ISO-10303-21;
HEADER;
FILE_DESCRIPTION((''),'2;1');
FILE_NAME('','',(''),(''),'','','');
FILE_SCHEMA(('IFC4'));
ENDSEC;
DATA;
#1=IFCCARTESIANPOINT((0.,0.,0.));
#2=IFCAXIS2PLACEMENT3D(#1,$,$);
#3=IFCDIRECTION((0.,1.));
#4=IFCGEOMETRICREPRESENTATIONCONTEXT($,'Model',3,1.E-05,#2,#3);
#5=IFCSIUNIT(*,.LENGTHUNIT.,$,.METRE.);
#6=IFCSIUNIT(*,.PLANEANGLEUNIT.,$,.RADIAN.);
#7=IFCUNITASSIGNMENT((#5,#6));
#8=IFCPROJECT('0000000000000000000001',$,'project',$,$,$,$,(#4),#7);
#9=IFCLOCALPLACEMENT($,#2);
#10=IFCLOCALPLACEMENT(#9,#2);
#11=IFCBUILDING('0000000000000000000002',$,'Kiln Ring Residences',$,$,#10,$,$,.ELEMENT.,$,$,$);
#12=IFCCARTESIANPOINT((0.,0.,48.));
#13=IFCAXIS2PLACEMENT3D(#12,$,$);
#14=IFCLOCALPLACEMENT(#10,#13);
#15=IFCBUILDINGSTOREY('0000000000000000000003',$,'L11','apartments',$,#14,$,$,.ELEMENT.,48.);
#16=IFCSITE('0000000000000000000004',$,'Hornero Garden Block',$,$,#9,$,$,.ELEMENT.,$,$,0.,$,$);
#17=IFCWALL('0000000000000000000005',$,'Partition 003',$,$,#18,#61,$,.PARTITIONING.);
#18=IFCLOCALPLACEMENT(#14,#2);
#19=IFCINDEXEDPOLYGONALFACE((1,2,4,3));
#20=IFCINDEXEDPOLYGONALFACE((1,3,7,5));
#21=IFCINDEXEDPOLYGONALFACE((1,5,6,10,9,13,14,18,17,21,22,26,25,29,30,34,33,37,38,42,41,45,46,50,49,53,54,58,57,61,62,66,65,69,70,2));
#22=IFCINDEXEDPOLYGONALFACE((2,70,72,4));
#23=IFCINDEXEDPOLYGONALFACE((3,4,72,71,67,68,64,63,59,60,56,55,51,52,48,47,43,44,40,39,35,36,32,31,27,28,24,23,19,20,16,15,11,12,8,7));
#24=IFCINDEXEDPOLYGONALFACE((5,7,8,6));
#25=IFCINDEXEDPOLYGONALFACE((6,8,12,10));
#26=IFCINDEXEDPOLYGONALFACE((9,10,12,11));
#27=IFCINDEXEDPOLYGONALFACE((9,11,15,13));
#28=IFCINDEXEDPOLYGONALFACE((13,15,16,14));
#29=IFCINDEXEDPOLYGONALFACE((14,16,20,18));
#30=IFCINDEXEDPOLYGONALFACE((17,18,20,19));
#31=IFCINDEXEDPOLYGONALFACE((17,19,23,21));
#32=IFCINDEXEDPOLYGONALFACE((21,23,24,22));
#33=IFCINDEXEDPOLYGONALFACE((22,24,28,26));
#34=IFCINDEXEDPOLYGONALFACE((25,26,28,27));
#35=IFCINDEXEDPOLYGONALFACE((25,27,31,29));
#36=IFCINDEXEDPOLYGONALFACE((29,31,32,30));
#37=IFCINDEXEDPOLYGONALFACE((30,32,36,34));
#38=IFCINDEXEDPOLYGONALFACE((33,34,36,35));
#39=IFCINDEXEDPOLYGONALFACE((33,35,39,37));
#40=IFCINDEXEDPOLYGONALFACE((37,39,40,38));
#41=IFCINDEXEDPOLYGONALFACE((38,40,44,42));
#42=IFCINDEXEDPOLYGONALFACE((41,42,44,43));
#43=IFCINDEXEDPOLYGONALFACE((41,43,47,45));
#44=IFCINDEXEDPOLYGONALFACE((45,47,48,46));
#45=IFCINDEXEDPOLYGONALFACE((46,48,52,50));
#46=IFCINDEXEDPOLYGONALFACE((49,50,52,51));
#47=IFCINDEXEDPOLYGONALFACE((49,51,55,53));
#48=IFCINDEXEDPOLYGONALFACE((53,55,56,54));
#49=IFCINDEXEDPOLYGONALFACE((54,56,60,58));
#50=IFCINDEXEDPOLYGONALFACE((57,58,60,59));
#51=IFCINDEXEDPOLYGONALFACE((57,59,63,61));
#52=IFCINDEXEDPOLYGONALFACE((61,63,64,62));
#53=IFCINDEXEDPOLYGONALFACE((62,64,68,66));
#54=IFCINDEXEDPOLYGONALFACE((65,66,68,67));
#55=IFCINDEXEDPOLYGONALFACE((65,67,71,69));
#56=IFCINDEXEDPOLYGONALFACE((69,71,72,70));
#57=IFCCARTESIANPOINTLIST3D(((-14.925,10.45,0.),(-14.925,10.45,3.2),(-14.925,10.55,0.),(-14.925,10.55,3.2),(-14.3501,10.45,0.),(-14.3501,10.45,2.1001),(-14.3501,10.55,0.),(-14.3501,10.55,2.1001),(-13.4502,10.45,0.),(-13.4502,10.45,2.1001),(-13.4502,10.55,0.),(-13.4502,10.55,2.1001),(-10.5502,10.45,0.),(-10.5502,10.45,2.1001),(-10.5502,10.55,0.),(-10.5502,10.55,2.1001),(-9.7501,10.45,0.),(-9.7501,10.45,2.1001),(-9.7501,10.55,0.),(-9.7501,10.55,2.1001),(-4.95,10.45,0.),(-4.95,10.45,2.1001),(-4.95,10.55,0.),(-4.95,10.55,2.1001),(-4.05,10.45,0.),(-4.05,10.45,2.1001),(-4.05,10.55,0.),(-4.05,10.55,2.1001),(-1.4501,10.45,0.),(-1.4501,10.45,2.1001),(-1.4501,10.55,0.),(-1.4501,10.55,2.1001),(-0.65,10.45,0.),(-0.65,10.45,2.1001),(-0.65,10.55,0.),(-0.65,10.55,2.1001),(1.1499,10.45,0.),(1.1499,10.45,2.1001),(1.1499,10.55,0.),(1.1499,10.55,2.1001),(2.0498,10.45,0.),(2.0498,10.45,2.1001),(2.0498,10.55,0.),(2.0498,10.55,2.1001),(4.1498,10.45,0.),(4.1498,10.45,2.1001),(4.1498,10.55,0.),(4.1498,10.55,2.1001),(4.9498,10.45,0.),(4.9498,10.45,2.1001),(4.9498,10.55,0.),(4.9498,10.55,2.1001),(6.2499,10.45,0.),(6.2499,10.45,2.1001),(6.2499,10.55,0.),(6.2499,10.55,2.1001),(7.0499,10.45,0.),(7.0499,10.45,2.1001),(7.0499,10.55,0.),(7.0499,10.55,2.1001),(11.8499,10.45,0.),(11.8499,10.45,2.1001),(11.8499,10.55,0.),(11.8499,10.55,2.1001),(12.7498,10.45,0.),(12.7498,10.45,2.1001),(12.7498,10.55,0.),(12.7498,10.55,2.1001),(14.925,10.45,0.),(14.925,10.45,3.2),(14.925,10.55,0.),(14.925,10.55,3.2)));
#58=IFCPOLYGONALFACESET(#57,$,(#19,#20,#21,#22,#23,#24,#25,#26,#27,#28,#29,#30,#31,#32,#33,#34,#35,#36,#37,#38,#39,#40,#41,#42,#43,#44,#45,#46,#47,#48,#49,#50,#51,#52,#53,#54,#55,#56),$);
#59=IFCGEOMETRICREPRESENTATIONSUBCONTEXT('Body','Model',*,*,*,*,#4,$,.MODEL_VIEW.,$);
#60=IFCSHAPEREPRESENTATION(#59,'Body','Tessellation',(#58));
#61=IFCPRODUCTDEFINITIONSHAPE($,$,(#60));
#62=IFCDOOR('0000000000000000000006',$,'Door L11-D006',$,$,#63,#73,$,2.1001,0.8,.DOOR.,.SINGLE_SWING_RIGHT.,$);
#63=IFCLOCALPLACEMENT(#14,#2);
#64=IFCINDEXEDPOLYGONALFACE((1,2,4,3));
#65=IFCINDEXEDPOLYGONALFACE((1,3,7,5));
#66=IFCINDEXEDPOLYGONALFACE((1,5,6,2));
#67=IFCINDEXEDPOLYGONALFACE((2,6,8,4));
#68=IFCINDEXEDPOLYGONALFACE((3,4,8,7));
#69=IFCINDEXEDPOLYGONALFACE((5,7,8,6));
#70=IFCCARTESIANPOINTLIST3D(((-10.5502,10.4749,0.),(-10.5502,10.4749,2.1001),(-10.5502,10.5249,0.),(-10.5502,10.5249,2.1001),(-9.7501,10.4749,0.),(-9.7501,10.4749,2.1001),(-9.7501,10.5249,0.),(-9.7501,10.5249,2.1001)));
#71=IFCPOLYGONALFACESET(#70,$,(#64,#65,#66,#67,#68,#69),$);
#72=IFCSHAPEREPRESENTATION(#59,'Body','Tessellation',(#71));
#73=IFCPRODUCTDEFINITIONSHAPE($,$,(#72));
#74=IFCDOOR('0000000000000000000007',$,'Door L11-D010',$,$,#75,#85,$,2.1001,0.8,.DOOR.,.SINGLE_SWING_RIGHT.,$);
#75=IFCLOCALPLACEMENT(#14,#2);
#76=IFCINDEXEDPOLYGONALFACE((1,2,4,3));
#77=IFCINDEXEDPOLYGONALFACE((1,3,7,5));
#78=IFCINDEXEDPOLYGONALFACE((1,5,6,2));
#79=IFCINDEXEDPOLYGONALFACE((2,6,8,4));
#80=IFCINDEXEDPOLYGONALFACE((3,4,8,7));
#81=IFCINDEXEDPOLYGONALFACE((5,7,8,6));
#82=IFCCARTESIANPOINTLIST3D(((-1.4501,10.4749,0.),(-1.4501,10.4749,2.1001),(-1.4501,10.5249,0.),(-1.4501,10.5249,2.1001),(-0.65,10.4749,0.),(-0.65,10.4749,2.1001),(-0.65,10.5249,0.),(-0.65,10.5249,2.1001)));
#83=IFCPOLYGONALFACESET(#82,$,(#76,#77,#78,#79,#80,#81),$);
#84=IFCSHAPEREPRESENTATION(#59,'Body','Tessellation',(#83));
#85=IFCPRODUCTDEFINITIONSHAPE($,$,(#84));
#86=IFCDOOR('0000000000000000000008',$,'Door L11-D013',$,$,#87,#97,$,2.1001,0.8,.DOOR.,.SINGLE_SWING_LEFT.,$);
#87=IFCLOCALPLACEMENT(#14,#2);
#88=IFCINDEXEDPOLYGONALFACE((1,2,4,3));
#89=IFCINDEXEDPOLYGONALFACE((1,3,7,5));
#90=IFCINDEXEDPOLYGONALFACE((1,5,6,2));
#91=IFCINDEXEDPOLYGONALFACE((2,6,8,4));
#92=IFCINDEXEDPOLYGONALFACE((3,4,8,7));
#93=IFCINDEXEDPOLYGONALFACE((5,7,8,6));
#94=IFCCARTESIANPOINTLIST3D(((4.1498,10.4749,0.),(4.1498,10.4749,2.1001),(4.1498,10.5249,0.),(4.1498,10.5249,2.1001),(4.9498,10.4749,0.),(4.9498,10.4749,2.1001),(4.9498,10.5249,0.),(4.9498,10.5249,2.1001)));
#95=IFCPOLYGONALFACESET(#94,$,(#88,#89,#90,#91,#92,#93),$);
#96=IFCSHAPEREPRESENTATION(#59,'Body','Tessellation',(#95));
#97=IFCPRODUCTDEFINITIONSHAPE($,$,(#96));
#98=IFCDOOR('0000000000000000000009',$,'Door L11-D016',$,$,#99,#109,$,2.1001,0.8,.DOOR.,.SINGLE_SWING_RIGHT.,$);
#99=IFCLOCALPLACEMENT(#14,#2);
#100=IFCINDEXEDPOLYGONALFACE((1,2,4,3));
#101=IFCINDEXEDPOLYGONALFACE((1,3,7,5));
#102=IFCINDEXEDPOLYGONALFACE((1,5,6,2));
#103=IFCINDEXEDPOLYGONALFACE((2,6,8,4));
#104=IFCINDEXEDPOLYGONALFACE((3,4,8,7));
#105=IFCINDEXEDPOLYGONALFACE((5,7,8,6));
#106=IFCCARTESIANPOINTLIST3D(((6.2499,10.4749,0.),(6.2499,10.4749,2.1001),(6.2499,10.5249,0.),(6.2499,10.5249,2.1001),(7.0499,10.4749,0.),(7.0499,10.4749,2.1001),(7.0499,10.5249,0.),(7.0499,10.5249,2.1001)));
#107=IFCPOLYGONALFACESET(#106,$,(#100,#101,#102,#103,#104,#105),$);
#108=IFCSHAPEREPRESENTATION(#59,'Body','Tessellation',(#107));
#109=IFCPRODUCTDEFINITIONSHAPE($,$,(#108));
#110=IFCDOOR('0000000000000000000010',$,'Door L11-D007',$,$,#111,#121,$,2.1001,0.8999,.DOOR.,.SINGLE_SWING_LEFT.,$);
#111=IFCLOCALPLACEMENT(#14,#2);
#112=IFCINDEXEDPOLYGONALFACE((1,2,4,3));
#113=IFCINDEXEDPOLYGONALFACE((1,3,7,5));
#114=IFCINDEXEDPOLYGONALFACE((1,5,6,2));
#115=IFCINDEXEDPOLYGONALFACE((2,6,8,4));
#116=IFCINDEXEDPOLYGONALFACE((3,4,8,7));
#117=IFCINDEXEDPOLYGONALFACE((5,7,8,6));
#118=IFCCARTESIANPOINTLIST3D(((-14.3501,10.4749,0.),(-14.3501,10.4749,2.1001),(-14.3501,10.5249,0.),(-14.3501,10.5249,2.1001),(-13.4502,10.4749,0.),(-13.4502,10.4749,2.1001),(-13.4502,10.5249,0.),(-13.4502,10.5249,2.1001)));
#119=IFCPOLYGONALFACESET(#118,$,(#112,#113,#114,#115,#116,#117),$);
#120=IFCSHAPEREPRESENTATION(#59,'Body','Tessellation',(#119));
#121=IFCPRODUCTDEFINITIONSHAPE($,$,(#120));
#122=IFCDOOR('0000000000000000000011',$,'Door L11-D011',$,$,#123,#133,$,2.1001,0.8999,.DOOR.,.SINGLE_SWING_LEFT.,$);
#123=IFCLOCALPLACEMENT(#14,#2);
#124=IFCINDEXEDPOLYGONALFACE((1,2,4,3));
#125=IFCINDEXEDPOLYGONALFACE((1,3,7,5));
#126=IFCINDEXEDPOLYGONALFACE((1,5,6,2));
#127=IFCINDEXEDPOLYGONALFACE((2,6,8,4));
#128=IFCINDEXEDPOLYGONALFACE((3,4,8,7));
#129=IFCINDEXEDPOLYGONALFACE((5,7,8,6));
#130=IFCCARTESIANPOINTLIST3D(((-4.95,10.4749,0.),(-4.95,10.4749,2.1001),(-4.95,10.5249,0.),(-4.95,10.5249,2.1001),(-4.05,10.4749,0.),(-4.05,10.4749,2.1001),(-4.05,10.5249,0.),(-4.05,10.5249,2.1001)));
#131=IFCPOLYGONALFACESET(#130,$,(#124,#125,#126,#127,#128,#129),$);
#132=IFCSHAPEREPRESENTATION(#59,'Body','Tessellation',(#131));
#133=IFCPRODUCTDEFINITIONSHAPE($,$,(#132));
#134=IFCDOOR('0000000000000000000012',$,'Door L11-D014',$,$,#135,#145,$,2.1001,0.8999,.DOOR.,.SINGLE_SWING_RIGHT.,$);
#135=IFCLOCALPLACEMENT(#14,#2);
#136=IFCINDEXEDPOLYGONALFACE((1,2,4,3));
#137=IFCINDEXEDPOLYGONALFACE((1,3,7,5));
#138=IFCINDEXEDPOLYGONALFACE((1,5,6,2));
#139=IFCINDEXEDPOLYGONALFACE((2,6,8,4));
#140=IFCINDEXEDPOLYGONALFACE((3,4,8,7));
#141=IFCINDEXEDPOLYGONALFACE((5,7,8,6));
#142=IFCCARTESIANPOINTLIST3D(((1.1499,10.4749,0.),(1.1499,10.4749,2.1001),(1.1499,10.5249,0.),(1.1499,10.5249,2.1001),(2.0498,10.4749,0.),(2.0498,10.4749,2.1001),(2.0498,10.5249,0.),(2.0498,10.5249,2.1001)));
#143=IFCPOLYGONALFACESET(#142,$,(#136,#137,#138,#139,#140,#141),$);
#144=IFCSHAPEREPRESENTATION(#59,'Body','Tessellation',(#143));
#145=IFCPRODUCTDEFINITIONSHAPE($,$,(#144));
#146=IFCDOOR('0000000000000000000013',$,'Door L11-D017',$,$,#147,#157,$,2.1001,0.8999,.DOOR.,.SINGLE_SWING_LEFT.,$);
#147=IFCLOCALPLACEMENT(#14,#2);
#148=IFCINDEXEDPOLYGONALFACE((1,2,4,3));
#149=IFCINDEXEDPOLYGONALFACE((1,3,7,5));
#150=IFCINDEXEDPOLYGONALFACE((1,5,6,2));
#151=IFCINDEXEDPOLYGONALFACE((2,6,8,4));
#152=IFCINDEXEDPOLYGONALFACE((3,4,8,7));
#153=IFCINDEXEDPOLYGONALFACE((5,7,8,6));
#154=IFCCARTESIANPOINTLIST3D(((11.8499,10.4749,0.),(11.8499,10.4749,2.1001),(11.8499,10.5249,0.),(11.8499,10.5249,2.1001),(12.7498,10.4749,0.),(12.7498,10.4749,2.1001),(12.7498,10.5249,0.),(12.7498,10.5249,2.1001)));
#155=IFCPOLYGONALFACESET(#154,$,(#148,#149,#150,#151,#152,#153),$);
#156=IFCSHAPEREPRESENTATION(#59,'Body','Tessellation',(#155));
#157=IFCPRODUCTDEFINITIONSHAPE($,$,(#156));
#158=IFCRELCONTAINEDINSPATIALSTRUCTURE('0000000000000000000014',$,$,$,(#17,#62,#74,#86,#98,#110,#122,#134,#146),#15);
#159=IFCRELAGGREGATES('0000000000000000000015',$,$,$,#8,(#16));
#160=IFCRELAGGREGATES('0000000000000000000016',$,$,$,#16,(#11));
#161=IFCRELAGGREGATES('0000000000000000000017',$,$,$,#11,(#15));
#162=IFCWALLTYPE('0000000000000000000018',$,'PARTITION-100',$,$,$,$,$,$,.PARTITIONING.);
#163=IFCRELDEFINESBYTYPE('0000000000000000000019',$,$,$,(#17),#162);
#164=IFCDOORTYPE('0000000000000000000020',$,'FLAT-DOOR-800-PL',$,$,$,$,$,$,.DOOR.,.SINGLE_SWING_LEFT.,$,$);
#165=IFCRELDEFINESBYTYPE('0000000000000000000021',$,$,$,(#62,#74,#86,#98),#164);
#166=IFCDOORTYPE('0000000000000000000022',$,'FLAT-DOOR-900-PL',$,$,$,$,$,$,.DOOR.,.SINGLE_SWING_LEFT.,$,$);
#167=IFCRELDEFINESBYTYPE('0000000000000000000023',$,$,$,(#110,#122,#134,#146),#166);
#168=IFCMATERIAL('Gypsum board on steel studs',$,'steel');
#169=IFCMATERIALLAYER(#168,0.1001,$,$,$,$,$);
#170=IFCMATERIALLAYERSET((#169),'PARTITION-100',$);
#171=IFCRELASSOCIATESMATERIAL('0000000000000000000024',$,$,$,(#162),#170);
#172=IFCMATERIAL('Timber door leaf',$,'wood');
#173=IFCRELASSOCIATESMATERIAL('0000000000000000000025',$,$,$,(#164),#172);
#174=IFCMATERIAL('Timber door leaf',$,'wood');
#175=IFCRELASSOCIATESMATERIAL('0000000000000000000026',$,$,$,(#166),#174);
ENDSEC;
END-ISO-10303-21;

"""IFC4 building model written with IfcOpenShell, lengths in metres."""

from ifc_helpers import new_model, si_unit, direction, frame, frame_2d, origin, place, context, subcontext, project, spatial, rectangle, extrude, material, layer, layer_set, type_object, element, fill, save


model = new_model("IFC4")

# Units and contexts
model_context = context("Model", 3, precision=1e-05, world=origin(), true_north=direction((0.0, 1.0)))
body_context = subcontext(model_context, "Body", "Model", "MODEL_VIEW")
ifc_project = project(units=[si_unit("LENGTHUNIT", "METRE"), si_unit("PLANEANGLEUNIT", "RADIAN")], contexts=[model_context])

# Site, building, storey
site_placement = place(None, origin())
site = spatial("IfcSite", under=ifc_project, at=site_placement, Name="Hornero Garden Block", CompositionType="ELEMENT", RefElevation=0.0)
building_placement = place(site_placement, origin())
building = spatial("IfcBuilding", under=site, at=building_placement, Name="Kiln Ring Residences", CompositionType="ELEMENT")
storey_placement = place(building_placement, frame((0.0, 0.0, 48.0)))
storey = spatial("IfcBuildingStorey", under=building, at=storey_placement, Name="L11", Description="apartments", CompositionType="ELEMENT", Elevation=48.0)

# Wall, openings, doors
ifc_material_1 = material(Name="Gypsum board on steel studs", Category="steel")
ifc_layer_1 = layer(ifc_material_1, 0.1001)
ifc_layer_set_1 = layer_set([ifc_layer_1], Name="PARTITION-100")
wall_type_1 = type_object("IfcWallType", Name="PARTITION-100", PredefinedType="PARTITIONING", material=ifc_layer_set_1)
wall_1_placement = place(storey_placement, frame((-14.925, 10.5, 0.0), z_axis=(0.0, 0.0, 1.0), x_axis=(1.0, 0.0, 0.0)))
wall_1 = element("IfcWall", 1, at=wall_1_placement, inside=storey, type_object=wall_type_1, Name="Partition 003", PredefinedType="PARTITIONING", context=body_context, shape_type="SweptSolid", body=[
    extrude(rectangle(XDim=29.8501, YDim=0.1001, at=frame_2d((14.925, 0.0))), origin(), (0.0, 0.0, 1.0), 3.2),
])
opening_1_placement = place(wall_1_placement, frame((4.375, 0.0, 0.0)))
opening_1 = element("IfcOpeningElement", 2, at=opening_1_placement, cuts=wall_1, PredefinedType="OPENING", context=body_context, shape_type="SweptSolid", body=[
    extrude(rectangle(XDim=0.8, YDim=2.1001, at=frame_2d((0.3999, 1.05))), frame((0.0, 0.0601, 0.0), z_axis=(0.0, -1.0, 0.0), x_axis=(1.0, 0.0, 0.0)), (0.0, 0.0, 1.0), 0.1201),
])
opening_2_placement = place(wall_1_placement, frame((0.575, 0.0, 0.0)))
opening_2 = element("IfcOpeningElement", 3, at=opening_2_placement, cuts=wall_1, PredefinedType="OPENING", context=body_context, shape_type="SweptSolid", body=[
    extrude(rectangle(XDim=0.8999, YDim=2.1001, at=frame_2d((0.45, 1.05))), frame((0.0, 0.0601, 0.0), z_axis=(0.0, -1.0, 0.0), x_axis=(1.0, 0.0, 0.0)), (0.0, 0.0, 1.0), 0.1201),
])
opening_3_placement = place(wall_1_placement, frame((13.4751, 0.0, 0.0)))
opening_3 = element("IfcOpeningElement", 4, at=opening_3_placement, cuts=wall_1, PredefinedType="OPENING", context=body_context, shape_type="SweptSolid", body=[
    extrude(rectangle(XDim=0.8, YDim=2.1001, at=frame_2d((0.3999, 1.05))), frame((0.0, 0.0601, 0.0), z_axis=(0.0, -1.0, 0.0), x_axis=(1.0, 0.0, 0.0)), (0.0, 0.0, 1.0), 0.1201),
])
opening_4_placement = place(wall_1_placement, frame((9.9751, 0.0, 0.0)))
opening_4 = element("IfcOpeningElement", 5, at=opening_4_placement, cuts=wall_1, PredefinedType="OPENING", context=body_context, shape_type="SweptSolid", body=[
    extrude(rectangle(XDim=0.8999, YDim=2.1001, at=frame_2d((0.45, 1.05))), frame((0.0, 0.0601, 0.0), z_axis=(0.0, -1.0, 0.0), x_axis=(1.0, 0.0, 0.0)), (0.0, 0.0, 1.0), 0.1201),
])
opening_5_placement = place(wall_1_placement, frame((19.075, 0.0, 0.0)))
opening_5 = element("IfcOpeningElement", 6, at=opening_5_placement, cuts=wall_1, PredefinedType="OPENING", context=body_context, shape_type="SweptSolid", body=[
    extrude(rectangle(XDim=0.8, YDim=2.1001, at=frame_2d((0.3999, 1.05))), frame((0.0, 0.0601, 0.0), z_axis=(0.0, -1.0, 0.0), x_axis=(1.0, 0.0, 0.0)), (0.0, 0.0, 1.0), 0.1201),
])
opening_6_placement = place(wall_1_placement, frame((16.075, 0.0, 0.0)))
opening_6 = element("IfcOpeningElement", 7, at=opening_6_placement, cuts=wall_1, PredefinedType="OPENING", context=body_context, shape_type="SweptSolid", body=[
    extrude(rectangle(XDim=0.8999, YDim=2.1001, at=frame_2d((0.45, 1.05))), frame((0.0, 0.0601, 0.0), z_axis=(0.0, -1.0, 0.0), x_axis=(1.0, 0.0, 0.0)), (0.0, 0.0, 1.0), 0.1201),
])
opening_7_placement = place(wall_1_placement, frame((21.175, 0.0, 0.0)))
opening_7 = element("IfcOpeningElement", 8, at=opening_7_placement, cuts=wall_1, PredefinedType="OPENING", context=body_context, shape_type="SweptSolid", body=[
    extrude(rectangle(XDim=0.8, YDim=2.1001, at=frame_2d((0.3999, 1.05))), frame((0.0, 0.0601, 0.0), z_axis=(0.0, -1.0, 0.0), x_axis=(1.0, 0.0, 0.0)), (0.0, 0.0, 1.0), 0.1201),
])
opening_8_placement = place(wall_1_placement, frame((26.7749, 0.0, 0.0)))
opening_8 = element("IfcOpeningElement", 9, at=opening_8_placement, cuts=wall_1, PredefinedType="OPENING", context=body_context, shape_type="SweptSolid", body=[
    extrude(rectangle(XDim=0.8999, YDim=2.1001, at=frame_2d((0.45, 1.05))), frame((0.0, 0.0601, 0.0), z_axis=(0.0, -1.0, 0.0), x_axis=(1.0, 0.0, 0.0)), (0.0, 0.0, 1.0), 0.1201),
])
ifc_material_2 = material(Name="Timber door leaf", Category="wood")
door_type_1 = type_object("IfcDoorType", Name="FLAT-DOOR-800-PL", OperationType="SINGLE_SWING_LEFT", PredefinedType="DOOR", material=ifc_material_2)
door_1_placement = place(opening_1_placement, origin())
door_1 = element("IfcDoor", 10, at=door_1_placement, inside=storey, type_object=door_type_1, Name="Door L11-D006", OperationType="SINGLE_SWING_RIGHT", OverallHeight=2.1001, OverallWidth=0.8, PredefinedType="DOOR", context=body_context, shape_type="SweptSolid", body=[
    extrude(rectangle(XDim=0.8, YDim=2.1001, at=frame_2d((0.3999, 1.05))), frame((0.0, 0.0249, 0.0), z_axis=(0.0, -1.0, 0.0), x_axis=(1.0, 0.0, 0.0)), (0.0, 0.0, 1.0), 0.05),
])
fill(opening_1, door_1)
door_2_placement = place(opening_3_placement, origin())
door_2 = element("IfcDoor", 11, at=door_2_placement, inside=storey, type_object=door_type_1, Name="Door L11-D010", OperationType="SINGLE_SWING_RIGHT", OverallHeight=2.1001, OverallWidth=0.8, PredefinedType="DOOR", context=body_context, shape_type="SweptSolid", body=[
    extrude(rectangle(XDim=0.8, YDim=2.1001, at=frame_2d((0.3999, 1.05))), frame((0.0, 0.0249, 0.0), z_axis=(0.0, -1.0, 0.0), x_axis=(1.0, 0.0, 0.0)), (0.0, 0.0, 1.0), 0.05),
])
fill(opening_3, door_2)
door_3_placement = place(opening_5_placement, origin())
door_3 = element("IfcDoor", 12, at=door_3_placement, inside=storey, type_object=door_type_1, Name="Door L11-D013", OperationType="SINGLE_SWING_LEFT", OverallHeight=2.1001, OverallWidth=0.8, PredefinedType="DOOR", context=body_context, shape_type="SweptSolid", body=[
    extrude(rectangle(XDim=0.8, YDim=2.1001, at=frame_2d((0.3999, 1.05))), frame((0.0, 0.0249, 0.0), z_axis=(0.0, -1.0, 0.0), x_axis=(1.0, 0.0, 0.0)), (0.0, 0.0, 1.0), 0.05),
])
fill(opening_5, door_3)
door_4_placement = place(opening_7_placement, origin())
door_4 = element("IfcDoor", 13, at=door_4_placement, inside=storey, type_object=door_type_1, Name="Door L11-D016", OperationType="SINGLE_SWING_RIGHT", OverallHeight=2.1001, OverallWidth=0.8, PredefinedType="DOOR", context=body_context, shape_type="SweptSolid", body=[
    extrude(rectangle(XDim=0.8, YDim=2.1001, at=frame_2d((0.3999, 1.05))), frame((0.0, 0.0249, 0.0), z_axis=(0.0, -1.0, 0.0), x_axis=(1.0, 0.0, 0.0)), (0.0, 0.0, 1.0), 0.05),
])
fill(opening_7, door_4)
ifc_material_3 = material(Name="Timber door leaf", Category="wood")
door_type_2 = type_object("IfcDoorType", Name="FLAT-DOOR-900-PL", OperationType="SINGLE_SWING_LEFT", PredefinedType="DOOR", material=ifc_material_3)
door_5_placement = place(opening_2_placement, origin())
door_5 = element("IfcDoor", 14, at=door_5_placement, inside=storey, type_object=door_type_2, Name="Door L11-D007", OperationType="SINGLE_SWING_LEFT", OverallHeight=2.1001, OverallWidth=0.8999, PredefinedType="DOOR", context=body_context, shape_type="SweptSolid", body=[
    extrude(rectangle(XDim=0.8999, YDim=2.1001, at=frame_2d((0.45, 1.05))), frame((0.0, 0.0249, 0.0), z_axis=(0.0, -1.0, 0.0), x_axis=(1.0, 0.0, 0.0)), (0.0, 0.0, 1.0), 0.05),
])
fill(opening_2, door_5)
door_6_placement = place(opening_4_placement, origin())
door_6 = element("IfcDoor", 15, at=door_6_placement, inside=storey, type_object=door_type_2, Name="Door L11-D011", OperationType="SINGLE_SWING_LEFT", OverallHeight=2.1001, OverallWidth=0.8999, PredefinedType="DOOR", context=body_context, shape_type="SweptSolid", body=[
    extrude(rectangle(XDim=0.8999, YDim=2.1001, at=frame_2d((0.45, 1.05))), frame((0.0, 0.0249, 0.0), z_axis=(0.0, -1.0, 0.0), x_axis=(1.0, 0.0, 0.0)), (0.0, 0.0, 1.0), 0.05),
])
fill(opening_4, door_6)
door_7_placement = place(opening_6_placement, origin())
door_7 = element("IfcDoor", 16, at=door_7_placement, inside=storey, type_object=door_type_2, Name="Door L11-D014", OperationType="SINGLE_SWING_RIGHT", OverallHeight=2.1001, OverallWidth=0.8999, PredefinedType="DOOR", context=body_context, shape_type="SweptSolid", body=[
    extrude(rectangle(XDim=0.8999, YDim=2.1001, at=frame_2d((0.45, 1.05))), frame((0.0, 0.0249, 0.0), z_axis=(0.0, -1.0, 0.0), x_axis=(1.0, 0.0, 0.0)), (0.0, 0.0, 1.0), 0.05),
])
fill(opening_6, door_7)
door_8_placement = place(opening_8_placement, origin())
door_8 = element("IfcDoor", 17, at=door_8_placement, inside=storey, type_object=door_type_2, Name="Door L11-D017", OperationType="SINGLE_SWING_LEFT", OverallHeight=2.1001, OverallWidth=0.8999, PredefinedType="DOOR", context=body_context, shape_type="SweptSolid", body=[
    extrude(rectangle(XDim=0.8999, YDim=2.1001, at=frame_2d((0.45, 1.05))), frame((0.0, 0.0249, 0.0), z_axis=(0.0, -1.0, 0.0), x_axis=(1.0, 0.0, 0.0)), (0.0, 0.0, 1.0), 0.05),
])
fill(opening_8, door_8)

save(model, "model.ifc")
